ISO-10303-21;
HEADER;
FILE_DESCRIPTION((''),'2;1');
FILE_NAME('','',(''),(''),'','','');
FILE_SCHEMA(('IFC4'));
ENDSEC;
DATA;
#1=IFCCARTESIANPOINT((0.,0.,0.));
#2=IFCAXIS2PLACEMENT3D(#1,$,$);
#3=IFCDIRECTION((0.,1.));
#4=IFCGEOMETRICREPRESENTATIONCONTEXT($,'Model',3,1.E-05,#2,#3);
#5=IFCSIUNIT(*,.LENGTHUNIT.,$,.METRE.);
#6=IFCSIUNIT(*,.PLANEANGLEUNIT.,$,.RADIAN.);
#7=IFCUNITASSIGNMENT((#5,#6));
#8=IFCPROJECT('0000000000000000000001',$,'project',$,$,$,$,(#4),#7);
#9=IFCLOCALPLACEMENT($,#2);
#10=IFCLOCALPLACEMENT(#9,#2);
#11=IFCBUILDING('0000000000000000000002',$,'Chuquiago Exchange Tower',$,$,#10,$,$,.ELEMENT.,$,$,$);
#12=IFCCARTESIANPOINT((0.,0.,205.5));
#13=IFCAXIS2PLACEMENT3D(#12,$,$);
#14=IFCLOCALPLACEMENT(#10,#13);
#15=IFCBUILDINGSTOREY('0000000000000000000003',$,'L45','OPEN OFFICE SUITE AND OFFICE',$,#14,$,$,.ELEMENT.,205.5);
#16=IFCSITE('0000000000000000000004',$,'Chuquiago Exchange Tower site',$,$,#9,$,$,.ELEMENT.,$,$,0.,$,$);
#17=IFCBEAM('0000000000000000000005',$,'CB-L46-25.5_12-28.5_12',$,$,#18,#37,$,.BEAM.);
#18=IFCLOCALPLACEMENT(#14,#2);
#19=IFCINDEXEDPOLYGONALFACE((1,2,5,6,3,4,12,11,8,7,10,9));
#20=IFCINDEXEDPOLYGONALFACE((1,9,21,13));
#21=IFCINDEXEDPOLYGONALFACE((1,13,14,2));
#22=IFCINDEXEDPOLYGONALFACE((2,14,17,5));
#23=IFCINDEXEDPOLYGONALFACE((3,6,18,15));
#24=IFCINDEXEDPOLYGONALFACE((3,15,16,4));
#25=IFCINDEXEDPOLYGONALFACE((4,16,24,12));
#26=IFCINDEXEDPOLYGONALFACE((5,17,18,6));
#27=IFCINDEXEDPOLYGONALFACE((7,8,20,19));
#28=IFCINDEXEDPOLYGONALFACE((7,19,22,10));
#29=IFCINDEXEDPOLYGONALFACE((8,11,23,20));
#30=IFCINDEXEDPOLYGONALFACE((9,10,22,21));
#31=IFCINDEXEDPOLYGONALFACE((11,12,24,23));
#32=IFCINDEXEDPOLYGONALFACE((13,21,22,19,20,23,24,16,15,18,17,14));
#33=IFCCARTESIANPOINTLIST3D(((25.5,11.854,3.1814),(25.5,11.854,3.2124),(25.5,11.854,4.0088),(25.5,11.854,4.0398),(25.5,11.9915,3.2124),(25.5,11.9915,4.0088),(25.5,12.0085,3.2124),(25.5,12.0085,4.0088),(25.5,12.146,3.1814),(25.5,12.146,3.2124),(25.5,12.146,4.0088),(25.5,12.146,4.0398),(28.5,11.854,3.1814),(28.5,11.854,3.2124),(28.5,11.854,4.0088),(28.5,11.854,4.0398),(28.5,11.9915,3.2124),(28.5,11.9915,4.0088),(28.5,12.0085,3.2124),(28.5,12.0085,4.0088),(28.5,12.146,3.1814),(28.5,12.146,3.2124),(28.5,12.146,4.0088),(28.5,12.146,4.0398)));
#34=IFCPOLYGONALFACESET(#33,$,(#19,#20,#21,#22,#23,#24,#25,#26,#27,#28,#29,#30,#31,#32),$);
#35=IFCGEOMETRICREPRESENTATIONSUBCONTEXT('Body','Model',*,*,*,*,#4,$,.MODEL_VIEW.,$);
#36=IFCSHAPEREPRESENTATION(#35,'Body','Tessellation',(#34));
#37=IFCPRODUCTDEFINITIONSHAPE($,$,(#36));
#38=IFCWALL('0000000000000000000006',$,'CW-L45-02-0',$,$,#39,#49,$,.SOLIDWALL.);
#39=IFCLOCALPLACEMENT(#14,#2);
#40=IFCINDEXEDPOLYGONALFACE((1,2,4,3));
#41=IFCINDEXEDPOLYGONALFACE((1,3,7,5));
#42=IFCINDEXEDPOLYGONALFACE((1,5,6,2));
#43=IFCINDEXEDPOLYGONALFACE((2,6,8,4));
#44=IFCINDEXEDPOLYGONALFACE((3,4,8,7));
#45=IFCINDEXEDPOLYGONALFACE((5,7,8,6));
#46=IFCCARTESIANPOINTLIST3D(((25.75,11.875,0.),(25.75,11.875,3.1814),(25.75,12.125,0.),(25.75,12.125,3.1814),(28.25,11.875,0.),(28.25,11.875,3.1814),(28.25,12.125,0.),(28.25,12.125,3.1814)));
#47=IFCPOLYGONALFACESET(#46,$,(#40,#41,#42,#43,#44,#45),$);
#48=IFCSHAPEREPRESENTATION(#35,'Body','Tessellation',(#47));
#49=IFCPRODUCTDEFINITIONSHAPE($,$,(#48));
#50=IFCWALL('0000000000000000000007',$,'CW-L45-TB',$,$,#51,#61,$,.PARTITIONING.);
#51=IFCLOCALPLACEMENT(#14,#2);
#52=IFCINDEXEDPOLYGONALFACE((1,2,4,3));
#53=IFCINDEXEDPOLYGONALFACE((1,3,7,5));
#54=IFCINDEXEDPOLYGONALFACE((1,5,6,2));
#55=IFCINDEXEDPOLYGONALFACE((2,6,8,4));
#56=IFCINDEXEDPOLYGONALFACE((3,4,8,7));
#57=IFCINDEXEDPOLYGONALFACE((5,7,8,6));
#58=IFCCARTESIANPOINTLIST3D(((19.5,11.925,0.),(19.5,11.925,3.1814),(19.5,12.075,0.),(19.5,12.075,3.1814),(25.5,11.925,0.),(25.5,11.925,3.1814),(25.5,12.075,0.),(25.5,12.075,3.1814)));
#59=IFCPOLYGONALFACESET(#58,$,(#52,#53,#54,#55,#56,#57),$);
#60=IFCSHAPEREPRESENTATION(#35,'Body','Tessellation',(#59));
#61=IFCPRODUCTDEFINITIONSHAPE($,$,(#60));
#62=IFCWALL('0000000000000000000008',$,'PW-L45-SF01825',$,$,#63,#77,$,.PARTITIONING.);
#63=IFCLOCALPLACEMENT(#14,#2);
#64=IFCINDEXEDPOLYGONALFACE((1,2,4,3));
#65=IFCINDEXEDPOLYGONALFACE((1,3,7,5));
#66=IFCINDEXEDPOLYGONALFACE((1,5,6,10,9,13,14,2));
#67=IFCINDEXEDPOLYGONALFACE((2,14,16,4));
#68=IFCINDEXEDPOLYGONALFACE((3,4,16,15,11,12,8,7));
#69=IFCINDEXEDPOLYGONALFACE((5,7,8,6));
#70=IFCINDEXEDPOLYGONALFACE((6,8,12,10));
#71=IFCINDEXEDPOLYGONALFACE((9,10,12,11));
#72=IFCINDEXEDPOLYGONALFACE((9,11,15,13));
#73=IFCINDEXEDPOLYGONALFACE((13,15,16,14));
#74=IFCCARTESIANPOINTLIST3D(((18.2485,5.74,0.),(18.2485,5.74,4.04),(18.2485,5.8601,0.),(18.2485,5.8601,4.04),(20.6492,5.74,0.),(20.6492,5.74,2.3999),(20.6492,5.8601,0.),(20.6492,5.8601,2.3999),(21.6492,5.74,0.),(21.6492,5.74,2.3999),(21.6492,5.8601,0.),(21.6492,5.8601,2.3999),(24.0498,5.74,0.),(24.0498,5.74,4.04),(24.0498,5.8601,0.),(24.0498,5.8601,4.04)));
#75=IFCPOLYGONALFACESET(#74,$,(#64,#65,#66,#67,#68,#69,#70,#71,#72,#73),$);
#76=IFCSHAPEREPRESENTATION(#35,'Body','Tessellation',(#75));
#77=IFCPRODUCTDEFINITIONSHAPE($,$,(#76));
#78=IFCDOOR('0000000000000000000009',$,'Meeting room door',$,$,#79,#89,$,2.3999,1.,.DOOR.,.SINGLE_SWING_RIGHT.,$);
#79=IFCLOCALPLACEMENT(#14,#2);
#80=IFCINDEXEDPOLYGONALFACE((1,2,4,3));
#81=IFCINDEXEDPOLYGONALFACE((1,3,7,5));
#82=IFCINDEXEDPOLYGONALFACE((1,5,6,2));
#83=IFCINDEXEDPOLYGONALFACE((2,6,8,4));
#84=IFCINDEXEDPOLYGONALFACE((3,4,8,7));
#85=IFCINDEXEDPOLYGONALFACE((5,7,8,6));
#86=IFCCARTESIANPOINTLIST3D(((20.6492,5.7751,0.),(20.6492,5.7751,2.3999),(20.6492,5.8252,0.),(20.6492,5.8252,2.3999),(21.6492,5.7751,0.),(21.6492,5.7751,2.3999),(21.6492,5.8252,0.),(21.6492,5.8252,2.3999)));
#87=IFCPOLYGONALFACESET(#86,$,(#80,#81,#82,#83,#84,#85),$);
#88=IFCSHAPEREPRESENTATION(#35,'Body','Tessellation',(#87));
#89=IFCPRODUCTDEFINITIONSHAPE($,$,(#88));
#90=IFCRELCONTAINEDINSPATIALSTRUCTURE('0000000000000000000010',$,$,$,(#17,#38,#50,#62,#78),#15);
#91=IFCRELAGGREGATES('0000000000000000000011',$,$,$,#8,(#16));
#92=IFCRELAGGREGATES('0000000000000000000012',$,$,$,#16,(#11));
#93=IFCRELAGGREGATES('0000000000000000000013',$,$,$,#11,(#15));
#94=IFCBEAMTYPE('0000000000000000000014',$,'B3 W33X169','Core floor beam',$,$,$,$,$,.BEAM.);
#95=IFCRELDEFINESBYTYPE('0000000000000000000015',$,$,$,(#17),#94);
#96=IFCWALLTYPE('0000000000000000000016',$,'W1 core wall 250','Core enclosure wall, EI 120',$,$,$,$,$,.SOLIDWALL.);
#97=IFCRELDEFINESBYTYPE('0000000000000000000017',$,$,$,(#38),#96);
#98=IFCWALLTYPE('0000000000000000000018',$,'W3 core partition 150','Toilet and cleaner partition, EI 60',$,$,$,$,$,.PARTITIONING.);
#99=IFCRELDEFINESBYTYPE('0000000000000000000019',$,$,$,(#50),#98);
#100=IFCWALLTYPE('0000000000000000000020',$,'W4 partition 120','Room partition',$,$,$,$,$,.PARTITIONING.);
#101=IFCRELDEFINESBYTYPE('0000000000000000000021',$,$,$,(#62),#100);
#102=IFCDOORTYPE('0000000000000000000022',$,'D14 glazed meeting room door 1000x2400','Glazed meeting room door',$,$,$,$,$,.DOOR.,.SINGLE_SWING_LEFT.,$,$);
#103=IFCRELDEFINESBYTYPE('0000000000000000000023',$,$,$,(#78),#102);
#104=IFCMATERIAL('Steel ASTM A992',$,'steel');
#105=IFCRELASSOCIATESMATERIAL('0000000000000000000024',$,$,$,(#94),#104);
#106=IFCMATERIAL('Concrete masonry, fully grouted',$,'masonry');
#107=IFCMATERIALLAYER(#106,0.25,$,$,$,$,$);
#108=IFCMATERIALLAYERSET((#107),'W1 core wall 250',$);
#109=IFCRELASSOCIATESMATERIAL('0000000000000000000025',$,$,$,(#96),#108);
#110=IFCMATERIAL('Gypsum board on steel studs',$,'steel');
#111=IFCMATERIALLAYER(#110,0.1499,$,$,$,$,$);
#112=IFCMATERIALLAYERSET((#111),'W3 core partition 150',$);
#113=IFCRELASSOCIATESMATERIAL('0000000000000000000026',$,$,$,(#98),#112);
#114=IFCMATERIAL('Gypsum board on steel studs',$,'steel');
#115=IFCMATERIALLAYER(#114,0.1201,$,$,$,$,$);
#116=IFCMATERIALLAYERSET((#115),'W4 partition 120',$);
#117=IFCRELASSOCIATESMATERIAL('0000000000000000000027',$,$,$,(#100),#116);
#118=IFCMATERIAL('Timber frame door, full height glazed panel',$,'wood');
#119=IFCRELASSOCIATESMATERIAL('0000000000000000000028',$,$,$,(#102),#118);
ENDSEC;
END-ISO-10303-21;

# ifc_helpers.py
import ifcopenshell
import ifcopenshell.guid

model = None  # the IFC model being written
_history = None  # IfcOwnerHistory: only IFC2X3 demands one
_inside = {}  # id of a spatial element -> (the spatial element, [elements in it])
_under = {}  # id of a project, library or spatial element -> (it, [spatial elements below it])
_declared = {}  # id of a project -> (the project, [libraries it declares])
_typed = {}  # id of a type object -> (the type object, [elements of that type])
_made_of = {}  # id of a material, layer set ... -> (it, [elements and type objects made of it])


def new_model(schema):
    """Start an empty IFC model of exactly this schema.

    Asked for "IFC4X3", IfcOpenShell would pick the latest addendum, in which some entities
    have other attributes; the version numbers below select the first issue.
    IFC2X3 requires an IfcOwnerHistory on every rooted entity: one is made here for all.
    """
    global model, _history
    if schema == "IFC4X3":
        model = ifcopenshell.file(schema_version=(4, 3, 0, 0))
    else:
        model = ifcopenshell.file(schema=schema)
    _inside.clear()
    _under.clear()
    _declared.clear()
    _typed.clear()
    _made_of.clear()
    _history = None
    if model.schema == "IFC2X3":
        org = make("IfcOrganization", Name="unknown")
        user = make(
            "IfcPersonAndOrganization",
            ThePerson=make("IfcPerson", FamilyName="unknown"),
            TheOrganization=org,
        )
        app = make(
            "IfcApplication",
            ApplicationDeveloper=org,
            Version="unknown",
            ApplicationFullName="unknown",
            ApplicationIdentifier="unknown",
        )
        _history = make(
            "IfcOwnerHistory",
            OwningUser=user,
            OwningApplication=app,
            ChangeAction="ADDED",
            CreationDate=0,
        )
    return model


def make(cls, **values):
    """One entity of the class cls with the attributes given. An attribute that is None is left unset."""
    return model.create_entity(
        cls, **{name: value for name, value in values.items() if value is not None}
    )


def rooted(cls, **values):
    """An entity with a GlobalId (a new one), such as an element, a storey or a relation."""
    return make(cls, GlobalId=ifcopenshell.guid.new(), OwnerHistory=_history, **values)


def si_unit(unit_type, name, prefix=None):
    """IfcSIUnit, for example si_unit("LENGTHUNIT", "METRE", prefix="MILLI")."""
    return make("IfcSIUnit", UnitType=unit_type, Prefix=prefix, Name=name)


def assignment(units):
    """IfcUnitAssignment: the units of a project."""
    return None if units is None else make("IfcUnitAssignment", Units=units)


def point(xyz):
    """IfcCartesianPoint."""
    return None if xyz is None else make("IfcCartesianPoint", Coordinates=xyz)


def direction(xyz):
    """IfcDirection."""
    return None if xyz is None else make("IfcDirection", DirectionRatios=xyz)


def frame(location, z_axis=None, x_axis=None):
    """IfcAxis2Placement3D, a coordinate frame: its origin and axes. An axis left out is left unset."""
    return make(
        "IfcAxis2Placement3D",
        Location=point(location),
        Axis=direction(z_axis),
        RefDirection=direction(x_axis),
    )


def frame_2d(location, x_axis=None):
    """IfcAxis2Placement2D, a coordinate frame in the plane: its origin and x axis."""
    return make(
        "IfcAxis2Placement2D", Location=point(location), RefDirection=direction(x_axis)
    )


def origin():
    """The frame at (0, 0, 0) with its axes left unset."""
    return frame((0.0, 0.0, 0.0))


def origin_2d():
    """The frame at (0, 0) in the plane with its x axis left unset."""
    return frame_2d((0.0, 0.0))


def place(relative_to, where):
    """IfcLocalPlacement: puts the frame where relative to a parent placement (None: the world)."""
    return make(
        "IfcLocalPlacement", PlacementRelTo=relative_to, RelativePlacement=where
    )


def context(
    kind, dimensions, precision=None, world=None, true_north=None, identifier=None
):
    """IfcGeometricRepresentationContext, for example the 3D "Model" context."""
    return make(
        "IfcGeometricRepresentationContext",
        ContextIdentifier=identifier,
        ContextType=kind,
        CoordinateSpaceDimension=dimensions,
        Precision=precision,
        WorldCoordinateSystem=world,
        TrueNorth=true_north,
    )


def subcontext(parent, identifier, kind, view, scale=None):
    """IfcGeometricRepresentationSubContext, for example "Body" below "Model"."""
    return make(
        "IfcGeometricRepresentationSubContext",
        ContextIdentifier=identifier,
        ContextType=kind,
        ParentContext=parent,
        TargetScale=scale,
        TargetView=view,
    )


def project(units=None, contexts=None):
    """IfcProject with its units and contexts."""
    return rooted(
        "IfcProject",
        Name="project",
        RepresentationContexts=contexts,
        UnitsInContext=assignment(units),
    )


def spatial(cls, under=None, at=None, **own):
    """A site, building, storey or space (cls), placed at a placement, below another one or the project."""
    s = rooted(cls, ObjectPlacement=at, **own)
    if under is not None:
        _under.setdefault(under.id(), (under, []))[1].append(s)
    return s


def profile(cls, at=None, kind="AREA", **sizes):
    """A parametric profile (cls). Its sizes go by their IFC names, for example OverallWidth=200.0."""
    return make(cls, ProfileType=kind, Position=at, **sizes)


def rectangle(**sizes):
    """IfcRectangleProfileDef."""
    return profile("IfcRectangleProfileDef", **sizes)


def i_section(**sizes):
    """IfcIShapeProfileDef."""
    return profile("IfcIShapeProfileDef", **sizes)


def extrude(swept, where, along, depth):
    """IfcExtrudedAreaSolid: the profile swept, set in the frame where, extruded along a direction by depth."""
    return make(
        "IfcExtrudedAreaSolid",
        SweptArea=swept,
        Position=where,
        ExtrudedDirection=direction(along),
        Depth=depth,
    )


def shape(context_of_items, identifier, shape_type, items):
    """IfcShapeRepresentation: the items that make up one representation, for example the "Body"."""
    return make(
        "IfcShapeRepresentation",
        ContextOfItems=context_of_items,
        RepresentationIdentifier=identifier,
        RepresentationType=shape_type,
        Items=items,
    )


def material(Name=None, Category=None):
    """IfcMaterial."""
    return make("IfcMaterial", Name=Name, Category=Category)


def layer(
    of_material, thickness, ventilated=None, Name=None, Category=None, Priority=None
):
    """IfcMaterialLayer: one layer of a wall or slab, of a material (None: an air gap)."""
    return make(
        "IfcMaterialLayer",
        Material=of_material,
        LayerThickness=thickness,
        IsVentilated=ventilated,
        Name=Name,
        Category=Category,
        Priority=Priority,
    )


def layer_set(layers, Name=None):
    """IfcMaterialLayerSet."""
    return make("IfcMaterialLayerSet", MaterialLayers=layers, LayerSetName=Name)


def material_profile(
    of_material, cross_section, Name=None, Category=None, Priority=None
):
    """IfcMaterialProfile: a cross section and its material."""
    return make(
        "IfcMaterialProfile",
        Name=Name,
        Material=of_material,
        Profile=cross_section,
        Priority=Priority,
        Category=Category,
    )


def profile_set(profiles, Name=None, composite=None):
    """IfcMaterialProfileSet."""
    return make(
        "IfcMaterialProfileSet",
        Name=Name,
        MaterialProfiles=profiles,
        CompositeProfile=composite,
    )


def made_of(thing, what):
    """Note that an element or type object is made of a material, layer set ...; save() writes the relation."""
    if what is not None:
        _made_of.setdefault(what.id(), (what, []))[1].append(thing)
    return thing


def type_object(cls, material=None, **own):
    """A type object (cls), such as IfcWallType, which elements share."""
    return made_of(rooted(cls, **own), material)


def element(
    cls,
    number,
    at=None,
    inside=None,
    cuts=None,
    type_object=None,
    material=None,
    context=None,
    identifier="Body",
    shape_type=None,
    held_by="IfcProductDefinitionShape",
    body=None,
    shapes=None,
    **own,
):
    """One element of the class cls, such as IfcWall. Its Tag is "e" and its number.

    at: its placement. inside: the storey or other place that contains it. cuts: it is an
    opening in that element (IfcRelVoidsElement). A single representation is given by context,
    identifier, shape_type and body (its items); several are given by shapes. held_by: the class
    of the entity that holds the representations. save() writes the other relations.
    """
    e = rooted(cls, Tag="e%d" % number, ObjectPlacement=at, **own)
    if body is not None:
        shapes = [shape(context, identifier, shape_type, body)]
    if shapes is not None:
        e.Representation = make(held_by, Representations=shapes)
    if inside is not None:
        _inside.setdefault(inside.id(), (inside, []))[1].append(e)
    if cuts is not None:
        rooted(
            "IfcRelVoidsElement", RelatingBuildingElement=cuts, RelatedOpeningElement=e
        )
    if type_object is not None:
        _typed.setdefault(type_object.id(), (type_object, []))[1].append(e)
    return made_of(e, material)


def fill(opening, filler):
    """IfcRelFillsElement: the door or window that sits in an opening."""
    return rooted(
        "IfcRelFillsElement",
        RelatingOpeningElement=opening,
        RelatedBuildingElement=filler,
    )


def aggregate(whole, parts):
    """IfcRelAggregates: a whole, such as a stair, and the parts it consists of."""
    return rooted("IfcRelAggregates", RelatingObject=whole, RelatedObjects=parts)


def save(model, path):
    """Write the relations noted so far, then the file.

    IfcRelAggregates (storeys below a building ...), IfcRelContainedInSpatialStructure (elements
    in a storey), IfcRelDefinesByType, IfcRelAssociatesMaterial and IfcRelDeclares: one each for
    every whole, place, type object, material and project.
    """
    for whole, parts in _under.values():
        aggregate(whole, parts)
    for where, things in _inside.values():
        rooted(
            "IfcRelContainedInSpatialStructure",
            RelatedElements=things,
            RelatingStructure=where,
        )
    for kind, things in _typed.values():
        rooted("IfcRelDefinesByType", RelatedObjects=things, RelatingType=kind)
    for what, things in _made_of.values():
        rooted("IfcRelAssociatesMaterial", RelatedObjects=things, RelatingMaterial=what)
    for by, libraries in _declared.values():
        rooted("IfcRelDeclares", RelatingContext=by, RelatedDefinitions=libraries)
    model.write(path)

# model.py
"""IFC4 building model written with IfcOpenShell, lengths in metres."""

from ifc_helpers import new_model, si_unit, direction, frame, frame_2d, origin, origin_2d, place, context, subcontext, project, spatial, rectangle, i_section, extrude, material, layer, layer_set, material_profile, profile_set, type_object, element, fill, save


model = new_model("IFC4")

# Units and contexts
model_context = context("Model", 3, precision=1e-05, world=origin(), true_north=direction((0.0, 1.0)))
body_context = subcontext(model_context, "Body", "Model", "MODEL_VIEW")
ifc_project = project(units=[si_unit("LENGTHUNIT", "METRE"), si_unit("PLANEANGLEUNIT", "RADIAN")], contexts=[model_context])

# Site, building, storey
site_placement = place(None, origin())
site = spatial("IfcSite", under=ifc_project, at=site_placement, Name="Chuquiago Exchange Tower site", CompositionType="ELEMENT", RefElevation=0.0)
building_placement = place(site_placement, origin())
building = spatial("IfcBuilding", under=site, at=building_placement, Name="Chuquiago Exchange Tower", CompositionType="ELEMENT")
storey_placement = place(building_placement, frame((0.0, 0.0, 205.5)))
storey = spatial("IfcBuildingStorey", under=building, at=storey_placement, Name="L45", Description="OPEN OFFICE SUITE AND OFFICE", CompositionType="ELEMENT", Elevation=205.5)

# Beam
ifc_material_1 = material(Name="Steel ASTM A992", Category="steel")
ifc_material_profile_1 = material_profile(ifc_material_1, i_section(OverallWidth=0.292, OverallDepth=0.8584, WebThickness=0.0171, FlangeThickness=0.031, at=origin_2d()), Name="W33X169")
ifc_profile_set_1 = profile_set([ifc_material_profile_1], Name="Steel ASTM A992")
beam_type_1 = type_object("IfcBeamType", Name="B3 W33X169", Description="Core floor beam", PredefinedType="BEAM", material=ifc_profile_set_1)
beam_1_placement = place(storey_placement, frame((25.5, 12.0, 3.6106), z_axis=(1.0, 0.0, 0.0), x_axis=(0.0, 1.0, 0.0)))
element("IfcBeam", 1, at=beam_1_placement, inside=storey, type_object=beam_type_1, Name="CB-L46-25.5_12-28.5_12", PredefinedType="BEAM", context=body_context, shape_type="SweptSolid", body=[
    extrude(i_section(OverallWidth=0.292, OverallDepth=0.8584, WebThickness=0.0171, FlangeThickness=0.031, at=origin_2d()), origin(), (0.0, 0.0, 1.0), 3.0),
])

# Walls
ifc_material_2 = material(Name="Concrete masonry, fully grouted", Category="masonry")
ifc_layer_1 = layer(ifc_material_2, 0.25)
ifc_layer_set_1 = layer_set([ifc_layer_1], Name="W1 core wall 250")
wall_type_1 = type_object("IfcWallType", Name="W1 core wall 250", Description="Core enclosure wall, EI 120", PredefinedType="SOLIDWALL", material=ifc_layer_set_1)
wall_1_placement = place(storey_placement, frame((25.75, 12.0, 0.0), z_axis=(0.0, 0.0, 1.0), x_axis=(1.0, 0.0, 0.0)))
element("IfcWall", 2, at=wall_1_placement, inside=storey, type_object=wall_type_1, Name="CW-L45-02-0", PredefinedType="SOLIDWALL", context=body_context, shape_type="SweptSolid", body=[
    extrude(rectangle(XDim=2.5, YDim=0.25, at=frame_2d((1.25, 0.0))), origin(), (0.0, 0.0, 1.0), 3.1814),
])
ifc_material_3 = material(Name="Gypsum board on steel studs", Category="steel")
ifc_layer_2 = layer(ifc_material_3, 0.1499)
ifc_layer_set_2 = layer_set([ifc_layer_2], Name="W3 core partition 150")
wall_type_2 = type_object("IfcWallType", Name="W3 core partition 150", Description="Toilet and cleaner partition, EI 60", PredefinedType="PARTITIONING", material=ifc_layer_set_2)
wall_2_placement = place(storey_placement, frame((19.5, 12.0, 0.0), z_axis=(0.0, 0.0, 1.0), x_axis=(1.0, 0.0, 0.0)))
element("IfcWall", 3, at=wall_2_placement, inside=storey, type_object=wall_type_2, Name="CW-L45-TB", PredefinedType="PARTITIONING", context=body_context, shape_type="SweptSolid", body=[
    extrude(rectangle(XDim=6.0, YDim=0.1499, at=frame_2d((3.0, 0.0))), origin(), (0.0, 0.0, 1.0), 3.1814),
])

# Wall, opening, door
ifc_material_4 = material(Name="Gypsum board on steel studs", Category="steel")
ifc_layer_3 = layer(ifc_material_4, 0.1201)
ifc_layer_set_3 = layer_set([ifc_layer_3], Name="W4 partition 120")
wall_type_3 = type_object("IfcWallType", Name="W4 partition 120", Description="Room partition", PredefinedType="PARTITIONING", material=ifc_layer_set_3)
wall_3_placement = place(storey_placement, frame((18.2485, 5.8, 0.0), z_axis=(0.0, 0.0, 1.0), x_axis=(1.0, 0.0, 0.0)))
wall_3 = element("IfcWall", 4, at=wall_3_placement, inside=storey, type_object=wall_type_3, Name="PW-L45-SF01825", PredefinedType="PARTITIONING", context=body_context, shape_type="SweptSolid", body=[
    extrude(rectangle(XDim=5.8013, YDim=0.1201, at=frame_2d((2.9006, 0.0))), origin(), (0.0, 0.0, 1.0), 4.04),
])
opening_1_placement = place(wall_3_placement, frame((2.4006, 0.0, 0.0)))
opening_1 = element("IfcOpeningElement", 5, at=opening_1_placement, cuts=wall_3, PredefinedType="OPENING", context=body_context, shape_type="SweptSolid", body=[
    extrude(rectangle(XDim=1.0, YDim=2.3999, at=frame_2d((0.5, 1.2))), frame((0.0, 0.0701, 0.0), z_axis=(0.0, -1.0, 0.0), x_axis=(1.0, 0.0, 0.0)), (0.0, 0.0, 1.0), 0.1401),
])
ifc_material_5 = material(Name="Timber frame door, full height glazed panel", Category="wood")
door_type_1 = type_object("IfcDoorType", Name="D14 glazed meeting room door 1000x2400", Description="Glazed meeting room door", OperationType="SINGLE_SWING_LEFT", PredefinedType="DOOR", material=ifc_material_5)
door_1_placement = place(opening_1_placement, frame((1.0, 0.0, 0.0), z_axis=(0.0, 0.0, 1.0), x_axis=(-1.0, 0.0, 0.0)))
door_1 = element("IfcDoor", 6, at=door_1_placement, inside=storey, type_object=door_type_1, Name="Meeting room door", OperationType="SINGLE_SWING_RIGHT", OverallHeight=2.3999, OverallWidth=1.0, PredefinedType="DOOR", context=body_context, shape_type="SweptSolid", body=[
    extrude(rectangle(XDim=1.0, YDim=2.3999, at=frame_2d((0.5, 1.2))), frame((0.0, 0.0249, 0.0), z_axis=(0.0, -1.0, 0.0), x_axis=(1.0, 0.0, 0.0)), (0.0, 0.0, 1.0), 0.05),
])
fill(opening_1, door_1)

save(model, "model.ifc")
